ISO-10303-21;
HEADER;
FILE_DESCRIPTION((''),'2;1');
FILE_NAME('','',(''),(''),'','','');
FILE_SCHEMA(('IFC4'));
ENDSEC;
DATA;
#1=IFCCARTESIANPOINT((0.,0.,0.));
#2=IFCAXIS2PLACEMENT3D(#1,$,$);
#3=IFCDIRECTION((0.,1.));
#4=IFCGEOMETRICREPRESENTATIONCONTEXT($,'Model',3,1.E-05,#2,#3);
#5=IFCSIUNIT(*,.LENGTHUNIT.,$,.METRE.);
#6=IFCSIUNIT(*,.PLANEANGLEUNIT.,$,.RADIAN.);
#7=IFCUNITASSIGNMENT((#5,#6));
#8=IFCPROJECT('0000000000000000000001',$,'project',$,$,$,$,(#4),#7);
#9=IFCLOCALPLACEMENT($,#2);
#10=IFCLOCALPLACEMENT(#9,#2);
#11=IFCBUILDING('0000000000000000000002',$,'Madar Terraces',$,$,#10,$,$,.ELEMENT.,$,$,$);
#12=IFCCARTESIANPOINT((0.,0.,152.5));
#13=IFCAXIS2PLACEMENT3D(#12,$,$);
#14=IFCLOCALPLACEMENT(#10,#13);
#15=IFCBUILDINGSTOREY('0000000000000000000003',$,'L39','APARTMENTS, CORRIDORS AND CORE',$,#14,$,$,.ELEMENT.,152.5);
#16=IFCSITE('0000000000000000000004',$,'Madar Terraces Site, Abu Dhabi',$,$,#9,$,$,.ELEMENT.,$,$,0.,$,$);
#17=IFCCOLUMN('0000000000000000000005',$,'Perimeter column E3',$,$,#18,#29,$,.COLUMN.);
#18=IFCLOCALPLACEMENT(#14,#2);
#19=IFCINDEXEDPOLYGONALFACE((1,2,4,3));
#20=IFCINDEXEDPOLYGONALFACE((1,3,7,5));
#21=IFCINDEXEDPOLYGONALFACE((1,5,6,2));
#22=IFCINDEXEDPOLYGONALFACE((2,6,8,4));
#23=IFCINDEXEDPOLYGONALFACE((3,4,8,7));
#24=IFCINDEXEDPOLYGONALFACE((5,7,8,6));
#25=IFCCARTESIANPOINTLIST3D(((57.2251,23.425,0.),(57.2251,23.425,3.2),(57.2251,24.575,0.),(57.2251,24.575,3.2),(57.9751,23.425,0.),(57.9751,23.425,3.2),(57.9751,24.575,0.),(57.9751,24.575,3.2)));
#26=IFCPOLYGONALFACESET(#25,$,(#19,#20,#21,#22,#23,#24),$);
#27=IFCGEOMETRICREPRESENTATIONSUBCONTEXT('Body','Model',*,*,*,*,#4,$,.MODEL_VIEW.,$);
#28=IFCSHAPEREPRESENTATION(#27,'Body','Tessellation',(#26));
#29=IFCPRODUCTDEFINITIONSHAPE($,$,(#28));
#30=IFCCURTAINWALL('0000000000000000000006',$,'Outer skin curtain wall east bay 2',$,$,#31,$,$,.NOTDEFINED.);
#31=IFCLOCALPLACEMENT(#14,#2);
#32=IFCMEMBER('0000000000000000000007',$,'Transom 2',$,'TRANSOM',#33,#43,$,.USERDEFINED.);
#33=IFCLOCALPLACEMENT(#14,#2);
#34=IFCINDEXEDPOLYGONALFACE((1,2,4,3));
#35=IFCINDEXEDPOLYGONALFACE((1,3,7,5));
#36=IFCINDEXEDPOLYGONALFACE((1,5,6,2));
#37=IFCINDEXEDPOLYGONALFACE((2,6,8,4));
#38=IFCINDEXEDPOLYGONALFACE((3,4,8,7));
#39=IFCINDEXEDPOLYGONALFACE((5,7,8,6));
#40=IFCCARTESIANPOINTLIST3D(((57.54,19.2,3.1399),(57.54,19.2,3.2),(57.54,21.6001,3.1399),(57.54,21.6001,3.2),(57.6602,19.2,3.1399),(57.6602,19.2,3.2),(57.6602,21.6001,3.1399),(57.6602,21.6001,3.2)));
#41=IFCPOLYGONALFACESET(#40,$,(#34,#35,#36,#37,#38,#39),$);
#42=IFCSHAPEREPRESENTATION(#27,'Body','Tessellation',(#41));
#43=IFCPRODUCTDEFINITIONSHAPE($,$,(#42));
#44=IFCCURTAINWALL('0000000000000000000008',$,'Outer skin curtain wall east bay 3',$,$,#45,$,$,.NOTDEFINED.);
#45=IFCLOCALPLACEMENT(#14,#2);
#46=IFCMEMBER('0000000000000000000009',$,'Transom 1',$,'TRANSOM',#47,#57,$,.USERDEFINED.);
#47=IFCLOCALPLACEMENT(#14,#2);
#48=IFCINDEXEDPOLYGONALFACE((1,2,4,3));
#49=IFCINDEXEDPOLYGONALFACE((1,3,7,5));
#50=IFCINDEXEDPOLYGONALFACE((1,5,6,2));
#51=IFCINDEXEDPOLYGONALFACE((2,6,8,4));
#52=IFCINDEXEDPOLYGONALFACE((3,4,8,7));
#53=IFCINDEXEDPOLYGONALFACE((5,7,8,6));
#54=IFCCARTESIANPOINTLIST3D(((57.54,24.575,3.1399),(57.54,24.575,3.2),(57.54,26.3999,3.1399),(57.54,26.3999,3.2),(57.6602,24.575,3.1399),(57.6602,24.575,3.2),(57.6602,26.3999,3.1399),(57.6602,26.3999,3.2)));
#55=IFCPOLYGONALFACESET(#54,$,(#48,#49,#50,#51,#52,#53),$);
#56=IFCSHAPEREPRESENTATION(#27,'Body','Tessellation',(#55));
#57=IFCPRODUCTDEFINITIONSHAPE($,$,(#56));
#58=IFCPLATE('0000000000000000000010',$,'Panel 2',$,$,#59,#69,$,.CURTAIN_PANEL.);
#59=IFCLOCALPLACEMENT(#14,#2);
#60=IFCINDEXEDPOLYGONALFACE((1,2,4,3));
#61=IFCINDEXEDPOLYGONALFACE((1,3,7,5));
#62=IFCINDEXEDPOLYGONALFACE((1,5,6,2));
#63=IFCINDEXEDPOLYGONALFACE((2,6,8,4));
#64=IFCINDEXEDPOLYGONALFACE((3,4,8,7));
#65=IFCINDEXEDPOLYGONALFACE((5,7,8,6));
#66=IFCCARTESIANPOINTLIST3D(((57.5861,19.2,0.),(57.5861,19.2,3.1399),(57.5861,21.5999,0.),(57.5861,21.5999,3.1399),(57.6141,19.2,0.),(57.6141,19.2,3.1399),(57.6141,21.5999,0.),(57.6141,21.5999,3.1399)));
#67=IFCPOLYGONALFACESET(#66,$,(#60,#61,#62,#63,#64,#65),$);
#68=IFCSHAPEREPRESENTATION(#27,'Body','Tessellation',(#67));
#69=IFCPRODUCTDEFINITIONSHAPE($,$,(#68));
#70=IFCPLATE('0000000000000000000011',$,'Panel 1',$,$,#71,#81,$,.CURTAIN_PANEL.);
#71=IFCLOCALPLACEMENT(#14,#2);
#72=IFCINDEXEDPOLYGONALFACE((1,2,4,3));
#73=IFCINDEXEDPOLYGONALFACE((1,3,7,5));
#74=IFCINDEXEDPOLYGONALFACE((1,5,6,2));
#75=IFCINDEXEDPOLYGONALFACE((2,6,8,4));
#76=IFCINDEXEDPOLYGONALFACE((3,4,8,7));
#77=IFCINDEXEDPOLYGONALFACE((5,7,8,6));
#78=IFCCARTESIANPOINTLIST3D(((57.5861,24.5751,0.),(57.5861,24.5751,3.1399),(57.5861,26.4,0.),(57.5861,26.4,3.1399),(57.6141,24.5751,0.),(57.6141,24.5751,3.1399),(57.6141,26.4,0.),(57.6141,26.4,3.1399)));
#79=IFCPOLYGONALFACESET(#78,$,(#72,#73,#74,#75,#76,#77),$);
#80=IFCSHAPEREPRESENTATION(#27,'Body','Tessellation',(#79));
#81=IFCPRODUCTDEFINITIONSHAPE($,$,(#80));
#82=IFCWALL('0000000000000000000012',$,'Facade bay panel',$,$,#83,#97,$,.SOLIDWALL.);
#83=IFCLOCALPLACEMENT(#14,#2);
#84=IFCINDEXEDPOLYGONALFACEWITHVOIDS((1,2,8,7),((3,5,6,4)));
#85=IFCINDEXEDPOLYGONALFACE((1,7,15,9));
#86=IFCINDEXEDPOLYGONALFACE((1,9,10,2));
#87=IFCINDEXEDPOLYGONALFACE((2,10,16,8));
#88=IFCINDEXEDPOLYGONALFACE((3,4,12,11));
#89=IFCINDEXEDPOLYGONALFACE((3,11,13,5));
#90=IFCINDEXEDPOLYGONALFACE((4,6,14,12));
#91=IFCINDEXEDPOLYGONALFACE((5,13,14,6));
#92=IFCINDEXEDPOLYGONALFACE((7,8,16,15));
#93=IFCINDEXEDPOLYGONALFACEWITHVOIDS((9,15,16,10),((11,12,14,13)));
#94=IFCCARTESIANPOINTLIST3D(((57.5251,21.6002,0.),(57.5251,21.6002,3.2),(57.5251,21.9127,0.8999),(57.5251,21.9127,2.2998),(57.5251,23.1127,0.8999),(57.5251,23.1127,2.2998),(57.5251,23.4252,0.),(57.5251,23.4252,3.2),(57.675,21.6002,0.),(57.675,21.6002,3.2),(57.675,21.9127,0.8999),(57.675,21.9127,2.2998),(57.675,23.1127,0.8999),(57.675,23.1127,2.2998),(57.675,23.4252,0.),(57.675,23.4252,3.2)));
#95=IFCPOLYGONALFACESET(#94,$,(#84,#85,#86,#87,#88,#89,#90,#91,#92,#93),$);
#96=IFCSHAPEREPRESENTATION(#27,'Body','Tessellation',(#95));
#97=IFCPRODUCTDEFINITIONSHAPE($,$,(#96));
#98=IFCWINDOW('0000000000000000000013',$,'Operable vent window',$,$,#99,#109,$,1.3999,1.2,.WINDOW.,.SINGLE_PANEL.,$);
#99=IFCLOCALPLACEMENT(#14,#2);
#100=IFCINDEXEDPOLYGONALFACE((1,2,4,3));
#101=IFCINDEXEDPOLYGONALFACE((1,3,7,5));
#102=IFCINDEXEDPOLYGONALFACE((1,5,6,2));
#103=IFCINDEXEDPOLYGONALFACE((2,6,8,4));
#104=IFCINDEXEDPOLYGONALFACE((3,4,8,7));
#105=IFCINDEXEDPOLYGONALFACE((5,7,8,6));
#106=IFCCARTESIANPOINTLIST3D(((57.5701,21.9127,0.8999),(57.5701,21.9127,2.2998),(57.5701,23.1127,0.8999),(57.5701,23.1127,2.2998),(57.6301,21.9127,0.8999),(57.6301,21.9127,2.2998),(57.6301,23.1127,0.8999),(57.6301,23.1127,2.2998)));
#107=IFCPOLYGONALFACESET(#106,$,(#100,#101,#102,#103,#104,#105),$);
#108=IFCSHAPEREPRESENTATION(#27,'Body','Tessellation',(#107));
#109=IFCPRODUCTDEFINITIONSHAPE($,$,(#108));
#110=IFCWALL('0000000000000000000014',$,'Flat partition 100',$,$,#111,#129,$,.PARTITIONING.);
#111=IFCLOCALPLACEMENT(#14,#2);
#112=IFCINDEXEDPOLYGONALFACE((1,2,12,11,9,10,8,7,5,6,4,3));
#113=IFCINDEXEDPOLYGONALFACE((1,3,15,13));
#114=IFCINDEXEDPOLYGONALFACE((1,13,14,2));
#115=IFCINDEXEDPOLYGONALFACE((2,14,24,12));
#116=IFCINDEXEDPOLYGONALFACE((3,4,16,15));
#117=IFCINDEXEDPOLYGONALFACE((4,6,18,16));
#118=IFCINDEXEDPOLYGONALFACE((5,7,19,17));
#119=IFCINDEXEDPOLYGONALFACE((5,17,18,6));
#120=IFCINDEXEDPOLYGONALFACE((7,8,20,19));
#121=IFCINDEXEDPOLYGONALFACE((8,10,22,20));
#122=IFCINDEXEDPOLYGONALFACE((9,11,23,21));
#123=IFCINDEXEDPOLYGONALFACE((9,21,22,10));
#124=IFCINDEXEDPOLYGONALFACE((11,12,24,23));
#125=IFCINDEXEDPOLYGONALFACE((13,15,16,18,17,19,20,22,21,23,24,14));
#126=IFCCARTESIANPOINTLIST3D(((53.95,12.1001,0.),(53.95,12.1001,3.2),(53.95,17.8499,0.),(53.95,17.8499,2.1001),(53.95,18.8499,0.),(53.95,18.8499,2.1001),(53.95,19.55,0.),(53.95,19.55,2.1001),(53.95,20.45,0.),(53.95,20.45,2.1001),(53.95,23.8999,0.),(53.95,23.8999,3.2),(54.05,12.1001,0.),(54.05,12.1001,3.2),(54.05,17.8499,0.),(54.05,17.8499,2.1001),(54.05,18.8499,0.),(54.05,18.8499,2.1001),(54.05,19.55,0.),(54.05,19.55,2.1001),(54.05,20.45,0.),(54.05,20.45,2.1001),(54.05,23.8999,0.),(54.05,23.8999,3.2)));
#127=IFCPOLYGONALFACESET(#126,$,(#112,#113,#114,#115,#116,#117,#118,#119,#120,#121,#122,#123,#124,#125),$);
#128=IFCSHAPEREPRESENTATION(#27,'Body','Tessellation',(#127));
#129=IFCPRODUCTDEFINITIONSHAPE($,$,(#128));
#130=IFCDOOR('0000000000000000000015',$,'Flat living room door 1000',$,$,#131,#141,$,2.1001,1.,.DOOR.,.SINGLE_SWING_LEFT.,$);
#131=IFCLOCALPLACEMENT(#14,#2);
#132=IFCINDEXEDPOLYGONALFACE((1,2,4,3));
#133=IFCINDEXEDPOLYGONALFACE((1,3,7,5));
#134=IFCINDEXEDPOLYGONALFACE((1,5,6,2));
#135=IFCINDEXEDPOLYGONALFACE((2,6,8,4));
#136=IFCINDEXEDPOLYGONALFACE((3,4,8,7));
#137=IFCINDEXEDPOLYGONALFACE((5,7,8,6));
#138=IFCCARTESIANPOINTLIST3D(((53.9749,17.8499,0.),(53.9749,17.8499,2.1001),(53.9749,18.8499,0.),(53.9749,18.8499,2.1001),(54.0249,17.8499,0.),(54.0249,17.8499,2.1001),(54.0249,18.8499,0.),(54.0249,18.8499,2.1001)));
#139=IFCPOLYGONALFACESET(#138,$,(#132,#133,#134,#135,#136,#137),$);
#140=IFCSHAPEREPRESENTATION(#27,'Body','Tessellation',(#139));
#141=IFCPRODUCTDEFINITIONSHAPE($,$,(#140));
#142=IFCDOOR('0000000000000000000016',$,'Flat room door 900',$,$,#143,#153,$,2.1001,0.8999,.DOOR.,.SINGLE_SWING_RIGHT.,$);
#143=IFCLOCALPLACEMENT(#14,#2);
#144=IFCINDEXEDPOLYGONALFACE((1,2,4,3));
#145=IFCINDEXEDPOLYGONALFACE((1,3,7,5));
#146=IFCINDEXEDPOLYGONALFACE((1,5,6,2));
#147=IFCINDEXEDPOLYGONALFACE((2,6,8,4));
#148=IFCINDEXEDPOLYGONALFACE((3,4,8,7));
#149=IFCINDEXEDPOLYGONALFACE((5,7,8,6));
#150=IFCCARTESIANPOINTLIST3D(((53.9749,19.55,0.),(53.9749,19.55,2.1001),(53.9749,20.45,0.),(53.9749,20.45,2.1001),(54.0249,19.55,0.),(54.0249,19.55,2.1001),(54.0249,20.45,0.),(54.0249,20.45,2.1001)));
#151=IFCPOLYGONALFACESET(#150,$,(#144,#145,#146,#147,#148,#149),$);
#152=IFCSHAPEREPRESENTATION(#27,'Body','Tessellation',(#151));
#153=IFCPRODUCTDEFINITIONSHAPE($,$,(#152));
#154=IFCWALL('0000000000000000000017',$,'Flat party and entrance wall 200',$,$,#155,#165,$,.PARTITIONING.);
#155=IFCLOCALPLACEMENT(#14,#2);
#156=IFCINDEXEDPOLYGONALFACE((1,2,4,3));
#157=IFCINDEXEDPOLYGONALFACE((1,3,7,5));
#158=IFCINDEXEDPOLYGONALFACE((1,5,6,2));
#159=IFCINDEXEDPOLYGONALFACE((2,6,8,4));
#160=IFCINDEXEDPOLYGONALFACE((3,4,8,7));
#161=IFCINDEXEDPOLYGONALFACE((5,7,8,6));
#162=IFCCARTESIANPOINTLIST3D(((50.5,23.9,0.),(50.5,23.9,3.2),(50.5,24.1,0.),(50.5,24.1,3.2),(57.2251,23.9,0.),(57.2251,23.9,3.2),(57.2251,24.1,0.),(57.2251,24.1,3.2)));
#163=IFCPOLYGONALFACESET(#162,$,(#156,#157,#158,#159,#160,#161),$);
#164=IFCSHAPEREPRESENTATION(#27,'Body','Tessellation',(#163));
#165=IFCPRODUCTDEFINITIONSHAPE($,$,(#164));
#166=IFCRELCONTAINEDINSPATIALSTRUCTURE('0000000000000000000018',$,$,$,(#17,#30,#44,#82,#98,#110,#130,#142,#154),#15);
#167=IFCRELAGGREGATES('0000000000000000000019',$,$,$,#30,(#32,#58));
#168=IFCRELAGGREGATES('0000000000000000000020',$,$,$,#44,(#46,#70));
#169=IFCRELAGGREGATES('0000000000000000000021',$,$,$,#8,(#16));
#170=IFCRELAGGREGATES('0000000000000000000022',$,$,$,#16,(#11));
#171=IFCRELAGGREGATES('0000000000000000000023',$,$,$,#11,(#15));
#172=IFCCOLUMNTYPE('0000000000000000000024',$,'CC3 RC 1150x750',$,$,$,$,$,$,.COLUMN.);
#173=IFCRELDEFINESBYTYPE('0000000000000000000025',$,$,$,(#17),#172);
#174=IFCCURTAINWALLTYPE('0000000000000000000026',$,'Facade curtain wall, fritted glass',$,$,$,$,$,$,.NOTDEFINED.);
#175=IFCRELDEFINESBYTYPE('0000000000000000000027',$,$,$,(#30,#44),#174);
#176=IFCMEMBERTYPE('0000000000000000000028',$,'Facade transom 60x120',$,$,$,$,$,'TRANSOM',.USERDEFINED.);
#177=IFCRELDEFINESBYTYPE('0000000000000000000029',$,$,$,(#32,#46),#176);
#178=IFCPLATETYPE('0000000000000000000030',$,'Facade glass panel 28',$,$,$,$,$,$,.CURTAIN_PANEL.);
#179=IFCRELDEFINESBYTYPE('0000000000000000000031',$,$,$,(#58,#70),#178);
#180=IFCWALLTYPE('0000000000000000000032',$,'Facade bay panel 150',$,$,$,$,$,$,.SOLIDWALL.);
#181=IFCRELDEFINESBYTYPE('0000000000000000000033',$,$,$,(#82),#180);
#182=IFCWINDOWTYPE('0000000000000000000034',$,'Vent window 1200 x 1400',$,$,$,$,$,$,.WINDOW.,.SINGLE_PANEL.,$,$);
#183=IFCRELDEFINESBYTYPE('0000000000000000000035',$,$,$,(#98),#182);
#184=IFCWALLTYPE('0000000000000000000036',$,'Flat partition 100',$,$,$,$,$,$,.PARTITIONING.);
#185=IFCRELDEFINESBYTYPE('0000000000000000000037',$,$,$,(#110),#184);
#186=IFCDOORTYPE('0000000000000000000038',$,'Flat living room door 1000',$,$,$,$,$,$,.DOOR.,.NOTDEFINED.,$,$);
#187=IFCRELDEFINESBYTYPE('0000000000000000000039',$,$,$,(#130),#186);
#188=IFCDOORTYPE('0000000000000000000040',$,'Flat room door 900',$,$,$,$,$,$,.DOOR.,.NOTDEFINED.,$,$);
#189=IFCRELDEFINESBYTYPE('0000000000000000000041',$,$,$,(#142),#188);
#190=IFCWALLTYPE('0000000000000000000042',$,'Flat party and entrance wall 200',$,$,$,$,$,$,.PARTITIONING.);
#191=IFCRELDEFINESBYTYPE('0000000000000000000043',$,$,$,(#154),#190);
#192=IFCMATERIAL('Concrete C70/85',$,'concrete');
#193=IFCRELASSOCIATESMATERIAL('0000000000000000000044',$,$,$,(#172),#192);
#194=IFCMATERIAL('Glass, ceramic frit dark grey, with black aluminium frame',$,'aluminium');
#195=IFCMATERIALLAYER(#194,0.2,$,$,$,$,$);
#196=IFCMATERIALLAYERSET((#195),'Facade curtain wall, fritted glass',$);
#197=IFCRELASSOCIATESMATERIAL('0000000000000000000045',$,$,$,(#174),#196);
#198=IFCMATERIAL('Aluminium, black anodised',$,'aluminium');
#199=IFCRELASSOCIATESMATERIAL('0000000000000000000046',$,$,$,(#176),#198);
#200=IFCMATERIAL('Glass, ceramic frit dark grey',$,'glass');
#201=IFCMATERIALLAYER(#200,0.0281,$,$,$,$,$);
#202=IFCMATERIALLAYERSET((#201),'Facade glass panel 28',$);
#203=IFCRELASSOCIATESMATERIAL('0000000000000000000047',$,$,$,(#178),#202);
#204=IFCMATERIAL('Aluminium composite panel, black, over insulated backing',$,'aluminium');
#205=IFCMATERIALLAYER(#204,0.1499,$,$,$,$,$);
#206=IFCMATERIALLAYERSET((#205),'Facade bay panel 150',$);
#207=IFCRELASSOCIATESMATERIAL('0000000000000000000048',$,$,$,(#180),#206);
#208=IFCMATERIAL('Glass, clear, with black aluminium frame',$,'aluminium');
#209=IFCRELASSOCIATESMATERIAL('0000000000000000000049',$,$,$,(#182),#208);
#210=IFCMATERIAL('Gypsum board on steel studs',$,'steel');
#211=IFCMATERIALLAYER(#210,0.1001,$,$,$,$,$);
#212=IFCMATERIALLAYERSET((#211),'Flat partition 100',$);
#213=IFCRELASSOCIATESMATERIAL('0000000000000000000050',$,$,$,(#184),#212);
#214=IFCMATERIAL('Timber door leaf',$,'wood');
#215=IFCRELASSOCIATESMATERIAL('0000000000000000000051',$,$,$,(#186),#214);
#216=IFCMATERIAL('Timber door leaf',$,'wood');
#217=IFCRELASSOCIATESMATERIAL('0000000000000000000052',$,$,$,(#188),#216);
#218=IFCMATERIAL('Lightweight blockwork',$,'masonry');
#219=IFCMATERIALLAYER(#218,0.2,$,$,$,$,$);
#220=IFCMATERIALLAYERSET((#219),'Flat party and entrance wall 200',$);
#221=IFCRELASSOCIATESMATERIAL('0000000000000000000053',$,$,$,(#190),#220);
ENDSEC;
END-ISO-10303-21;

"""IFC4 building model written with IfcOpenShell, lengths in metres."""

from ifc_helpers import new_model, si_unit, direction, frame, frame_2d, origin, origin_2d, place, context, subcontext, project, spatial, rectangle, extrude, material, layer, layer_set, material_profile, profile_set, type_object, element, fill, aggregate, save


model = new_model("IFC4")

# Units and contexts
model_context = context("Model", 3, precision=1e-05, world=origin(), true_north=direction((0.0, 1.0)))
body_context = subcontext(model_context, "Body", "Model", "MODEL_VIEW")
ifc_project = project(units=[si_unit("LENGTHUNIT", "METRE"), si_unit("PLANEANGLEUNIT", "RADIAN")], contexts=[model_context])

# Site, building, storey
site_placement = place(None, origin())
site = spatial("IfcSite", under=ifc_project, at=site_placement, Name="Madar Terraces Site, Abu Dhabi", CompositionType="ELEMENT", RefElevation=0.0)
building_placement = place(site_placement, origin())
building = spatial("IfcBuilding", under=site, at=building_placement, Name="Madar Terraces", CompositionType="ELEMENT")
storey_placement = place(building_placement, frame((0.0, 0.0, 152.5)))
storey = spatial("IfcBuildingStorey", under=building, at=storey_placement, Name="L39", Description="APARTMENTS, CORRIDORS AND CORE", CompositionType="ELEMENT", Elevation=152.5)

# Column
ifc_material_1 = material(Name="Concrete C70/85", Category="concrete")
ifc_material_profile_1 = material_profile(ifc_material_1, rectangle(XDim=1.1499, YDim=0.75, at=origin_2d()), Name="CC3 RC 1150x750")
ifc_profile_set_1 = profile_set([ifc_material_profile_1], Name="Concrete C70/85")
column_type = type_object("IfcColumnType", Name="CC3 RC 1150x750", PredefinedType="COLUMN", material=ifc_profile_set_1)
column_placement = place(storey_placement, frame((57.6001, 24.0, 0.0), z_axis=(0.0, 0.0, 1.0), x_axis=(0.0, 1.0, 0.0)))
element("IfcColumn", 1, at=column_placement, inside=storey, type_object=column_type, Name="Perimeter column E3", PredefinedType="COLUMN", context=body_context, shape_type="SweptSolid", body=[
    extrude(rectangle(XDim=1.1499, YDim=0.75, at=origin_2d()), origin(), (0.0, 0.0, 1.0), 3.2),
])

# Curtain walls, members
ifc_material_2 = material(Name="Glass, ceramic frit dark grey, with black aluminium frame", Category="aluminium")
ifc_layer_1 = layer(ifc_material_2, 0.2)
ifc_layer_set_1 = layer_set([ifc_layer_1], Name="Facade curtain wall, fritted glass")
curtain_wall_type = type_object("IfcCurtainWallType", Name="Facade curtain wall, fritted glass", PredefinedType="NOTDEFINED", material=ifc_layer_set_1)
curtain_wall_1_placement = place(storey_placement, origin())
curtain_wall_1 = element("IfcCurtainWall", 2, at=curtain_wall_1_placement, inside=storey, type_object=curtain_wall_type, Name="Outer skin curtain wall east bay 2", PredefinedType="NOTDEFINED")
ifc_material_3 = material(Name="Aluminium, black anodised", Category="aluminium")
ifc_material_profile_2 = material_profile(ifc_material_3, rectangle(XDim=0.1201, YDim=0.0601, at=origin_2d()), Name="Facade transom 60x120")
ifc_profile_set_2 = profile_set([ifc_material_profile_2], Name="Aluminium, black anodised")
member_type = type_object("IfcMemberType", Name="Facade transom 60x120", ElementType="TRANSOM", PredefinedType="USERDEFINED", material=ifc_profile_set_2)
member_1_placement = place(storey_placement, frame((57.6001, 19.2, 3.1699), z_axis=(0.0, 1.0, 0.0), x_axis=(-1.0, 0.0, 0.0)))
member_1 = element("IfcMember", 3, at=member_1_placement, type_object=member_type, Name="Transom 2", ObjectType="TRANSOM", PredefinedType="USERDEFINED", context=body_context, shape_type="SweptSolid", body=[
    extrude(rectangle(XDim=0.1201, YDim=0.0601, at=origin_2d()), origin(), (0.0, 0.0, 1.0), 2.4001),
])
curtain_wall_2_placement = place(storey_placement, origin())
curtain_wall_2 = element("IfcCurtainWall", 4, at=curtain_wall_2_placement, inside=storey, type_object=curtain_wall_type, Name="Outer skin curtain wall east bay 3", PredefinedType="NOTDEFINED")
member_2_placement = place(storey_placement, frame((57.6001, 24.575, 3.1699), z_axis=(0.0, 1.0, 0.0), x_axis=(-1.0, 0.0, 0.0)))
member_2 = element("IfcMember", 5, at=member_2_placement, type_object=member_type, Name="Transom 1", ObjectType="TRANSOM", PredefinedType="USERDEFINED", context=body_context, shape_type="SweptSolid", body=[
    extrude(rectangle(XDim=0.1201, YDim=0.0601, at=origin_2d()), origin(), (0.0, 0.0, 1.0), 1.825),
])

# Plates
ifc_material_4 = material(Name="Glass, ceramic frit dark grey", Category="glass")
ifc_layer_2 = layer(ifc_material_4, 0.0281)
ifc_layer_set_2 = layer_set([ifc_layer_2], Name="Facade glass panel 28")
plate_type = type_object("IfcPlateType", Name="Facade glass panel 28", PredefinedType="CURTAIN_PANEL", material=ifc_layer_set_2)
plate_1_placement = place(storey_placement, frame((57.6001, 20.3999, 0.0), z_axis=(0.0, 0.0, 1.0), x_axis=(0.0, 1.0, 0.0)))
plate_1 = element("IfcPlate", 6, at=plate_1_placement, type_object=plate_type, Name="Panel 2", PredefinedType="CURTAIN_PANEL", context=body_context, shape_type="SweptSolid", body=[
    extrude(rectangle(XDim=2.3999, YDim=0.0281, at=origin_2d()), origin(), (0.0, 0.0, 1.0), 3.1399),
])
aggregate(curtain_wall_1, [member_1, plate_1])
plate_2_placement = place(storey_placement, frame((57.6001, 25.4875, 0.0), z_axis=(0.0, 0.0, 1.0), x_axis=(0.0, 1.0, 0.0)))
plate_2 = element("IfcPlate", 7, at=plate_2_placement, type_object=plate_type, Name="Panel 1", PredefinedType="CURTAIN_PANEL", context=body_context, shape_type="SweptSolid", body=[
    extrude(rectangle(XDim=1.825, YDim=0.0281, at=origin_2d()), origin(), (0.0, 0.0, 1.0), 3.1399),
])
aggregate(curtain_wall_2, [member_2, plate_2])

# Wall, opening, window
ifc_material_5 = material(Name="Aluminium composite panel, black, over insulated backing", Category="aluminium")
ifc_layer_3 = layer(ifc_material_5, 0.1499)
ifc_layer_set_3 = layer_set([ifc_layer_3], Name="Facade bay panel 150")
wall_type_1 = type_object("IfcWallType", Name="Facade bay panel 150", PredefinedType="SOLIDWALL", material=ifc_layer_set_3)
wall_1_placement = place(storey_placement, frame((57.6001, 21.6001, 0.0), z_axis=(0.0, 0.0, 1.0), x_axis=(0.0, 1.0, 0.0)))
wall_1 = element("IfcWall", 8, at=wall_1_placement, inside=storey, type_object=wall_type_1, Name="Facade bay panel", PredefinedType="SOLIDWALL", context=body_context, shape_type="SweptSolid", body=[
    extrude(rectangle(XDim=1.825, YDim=0.1499, at=frame_2d((0.9126, 0.0))), origin(), (0.0, 0.0, 1.0), 3.2),
])
opening_1_placement = place(wall_1_placement, frame((0.3125, 0.0, 0.8999)))
opening_1 = element("IfcOpeningElement", 9, at=opening_1_placement, cuts=wall_1, PredefinedType="OPENING", context=body_context, shape_type="SweptSolid", body=[
    extrude(rectangle(XDim=1.2, YDim=1.3999, at=frame_2d((0.6001, 0.7))), frame((0.0, 0.085, 0.0), z_axis=(0.0, -1.0, 0.0), x_axis=(1.0, 0.0, 0.0)), (0.0, 0.0, 1.0), 0.1699),
])
ifc_material_6 = material(Name="Glass, clear, with black aluminium frame", Category="aluminium")
window_type = type_object("IfcWindowType", Name="Vent window 1200 x 1400", PartitioningType="SINGLE_PANEL", PredefinedType="WINDOW", material=ifc_material_6)
window_placement = place(opening_1_placement, origin())
window = element("IfcWindow", 10, at=window_placement, inside=storey, type_object=window_type, Name="Operable vent window", OverallHeight=1.3999, OverallWidth=1.2, PartitioningType="SINGLE_PANEL", PredefinedType="WINDOW", context=body_context, shape_type="SweptSolid", body=[
    extrude(rectangle(XDim=1.2, YDim=1.3999, at=frame_2d((0.6001, 0.7))), frame((0.0, 0.03, 0.0), z_axis=(0.0, -1.0, 0.0), x_axis=(1.0, 0.0, 0.0)), (0.0, 0.0, 1.0), 0.0601),
])
fill(opening_1, window)

# Wall, openings, doors
ifc_material_7 = material(Name="Gypsum board on steel studs", Category="steel")
ifc_layer_4 = layer(ifc_material_7, 0.1001)
ifc_layer_set_4 = layer_set([ifc_layer_4], Name="Flat partition 100")
wall_type_2 = type_object("IfcWallType", Name="Flat partition 100", PredefinedType="PARTITIONING", material=ifc_layer_set_4)
wall_2_placement = place(storey_placement, frame((54.0, 23.8999, 0.0), z_axis=(0.0, 0.0, 1.0), x_axis=(0.0, -1.0, 0.0)))
wall_2 = element("IfcWall", 11, at=wall_2_placement, inside=storey, type_object=wall_type_2, Name="Flat partition 100", PredefinedType="PARTITIONING", context=body_context, shape_type="SweptSolid", body=[
    extrude(rectangle(XDim=11.7998, YDim=0.1001, at=frame_2d((5.8999, 0.0))), origin(), (0.0, 0.0, 1.0), 3.2),
])
opening_2_placement = place(wall_2_placement, frame((3.45, 0.0, 0.0)))
opening_2 = element("IfcOpeningElement", 12, at=opening_2_placement, cuts=wall_2, PredefinedType="OPENING", context=body_context, shape_type="SweptSolid", body=[
    extrude(rectangle(XDim=0.8999, YDim=2.1001, at=frame_2d((0.45, 1.05))), frame((0.0, 0.0601, 0.0), z_axis=(0.0, -1.0, 0.0), x_axis=(1.0, 0.0, 0.0)), (0.0, 0.0, 1.0), 0.1201),
])
opening_3_placement = place(wall_2_placement, frame((5.05, 0.0, 0.0)))
opening_3 = element("IfcOpeningElement", 13, at=opening_3_placement, cuts=wall_2, PredefinedType="OPENING", context=body_context, shape_type="SweptSolid", body=[
    extrude(rectangle(XDim=1.0, YDim=2.1001, at=frame_2d((0.5, 1.05))), frame((0.0, 0.0601, 0.0), z_axis=(0.0, -1.0, 0.0), x_axis=(1.0, 0.0, 0.0)), (0.0, 0.0, 1.0), 0.1201),
])
ifc_material_8 = material(Name="Timber door leaf", Category="wood")
door_type_1 = type_object("IfcDoorType", Name="Flat living room door 1000", OperationType="NOTDEFINED", PredefinedType="DOOR", material=ifc_material_8)
door_1_placement = place(opening_3_placement, origin())
door_1 = element("IfcDoor", 14, at=door_1_placement, inside=storey, type_object=door_type_1, Name="Flat living room door 1000", OperationType="SINGLE_SWING_LEFT", OverallHeight=2.1001, OverallWidth=1.0, PredefinedType="DOOR", context=body_context, shape_type="SweptSolid", body=[
    extrude(rectangle(XDim=1.0, YDim=2.1001, at=frame_2d((0.5, 1.05))), frame((0.0, 0.0249, 0.0), z_axis=(0.0, -1.0, 0.0), x_axis=(1.0, 0.0, 0.0)), (0.0, 0.0, 1.0), 0.05),
])
fill(opening_3, door_1)
ifc_material_9 = material(Name="Timber door leaf", Category="wood")
door_type_2 = type_object("IfcDoorType", Name="Flat room door 900", OperationType="NOTDEFINED", PredefinedType="DOOR", material=ifc_material_9)
door_2_placement = place(opening_2_placement, origin())
door_2 = element("IfcDoor", 15, at=door_2_placement, inside=storey, type_object=door_type_2, Name="Flat room door 900", OperationType="SINGLE_SWING_RIGHT", OverallHeight=2.1001, OverallWidth=0.8999, PredefinedType="DOOR", context=body_context, shape_type="SweptSolid", body=[
    extrude(rectangle(XDim=0.8999, YDim=2.1001, at=frame_2d((0.45, 1.05))), frame((0.0, 0.0249, 0.0), z_axis=(0.0, -1.0, 0.0), x_axis=(1.0, 0.0, 0.0)), (0.0, 0.0, 1.0), 0.05),
])
fill(opening_2, door_2)

# Wall
ifc_material_10 = material(Name="Lightweight blockwork", Category="masonry")
ifc_layer_5 = layer(ifc_material_10, 0.2)
ifc_layer_set_5 = layer_set([ifc_layer_5], Name="Flat party and entrance wall 200")
wall_type_3 = type_object("IfcWallType", Name="Flat party and entrance wall 200", PredefinedType="PARTITIONING", material=ifc_layer_set_5)
wall_3_placement = place(storey_placement, frame((50.5, 24.0, 0.0), z_axis=(0.0, 0.0, 1.0), x_axis=(1.0, 0.0, 0.0)))
element("IfcWall", 16, at=wall_3_placement, inside=storey, type_object=wall_type_3, Name="Flat party and entrance wall 200", PredefinedType="PARTITIONING", context=body_context, shape_type="SweptSolid", body=[
    extrude(rectangle(XDim=6.7251, YDim=0.2, at=frame_2d((3.3625, 0.0))), origin(), (0.0, 0.0, 1.0), 3.2),
])

save(model, "model.ifc")
